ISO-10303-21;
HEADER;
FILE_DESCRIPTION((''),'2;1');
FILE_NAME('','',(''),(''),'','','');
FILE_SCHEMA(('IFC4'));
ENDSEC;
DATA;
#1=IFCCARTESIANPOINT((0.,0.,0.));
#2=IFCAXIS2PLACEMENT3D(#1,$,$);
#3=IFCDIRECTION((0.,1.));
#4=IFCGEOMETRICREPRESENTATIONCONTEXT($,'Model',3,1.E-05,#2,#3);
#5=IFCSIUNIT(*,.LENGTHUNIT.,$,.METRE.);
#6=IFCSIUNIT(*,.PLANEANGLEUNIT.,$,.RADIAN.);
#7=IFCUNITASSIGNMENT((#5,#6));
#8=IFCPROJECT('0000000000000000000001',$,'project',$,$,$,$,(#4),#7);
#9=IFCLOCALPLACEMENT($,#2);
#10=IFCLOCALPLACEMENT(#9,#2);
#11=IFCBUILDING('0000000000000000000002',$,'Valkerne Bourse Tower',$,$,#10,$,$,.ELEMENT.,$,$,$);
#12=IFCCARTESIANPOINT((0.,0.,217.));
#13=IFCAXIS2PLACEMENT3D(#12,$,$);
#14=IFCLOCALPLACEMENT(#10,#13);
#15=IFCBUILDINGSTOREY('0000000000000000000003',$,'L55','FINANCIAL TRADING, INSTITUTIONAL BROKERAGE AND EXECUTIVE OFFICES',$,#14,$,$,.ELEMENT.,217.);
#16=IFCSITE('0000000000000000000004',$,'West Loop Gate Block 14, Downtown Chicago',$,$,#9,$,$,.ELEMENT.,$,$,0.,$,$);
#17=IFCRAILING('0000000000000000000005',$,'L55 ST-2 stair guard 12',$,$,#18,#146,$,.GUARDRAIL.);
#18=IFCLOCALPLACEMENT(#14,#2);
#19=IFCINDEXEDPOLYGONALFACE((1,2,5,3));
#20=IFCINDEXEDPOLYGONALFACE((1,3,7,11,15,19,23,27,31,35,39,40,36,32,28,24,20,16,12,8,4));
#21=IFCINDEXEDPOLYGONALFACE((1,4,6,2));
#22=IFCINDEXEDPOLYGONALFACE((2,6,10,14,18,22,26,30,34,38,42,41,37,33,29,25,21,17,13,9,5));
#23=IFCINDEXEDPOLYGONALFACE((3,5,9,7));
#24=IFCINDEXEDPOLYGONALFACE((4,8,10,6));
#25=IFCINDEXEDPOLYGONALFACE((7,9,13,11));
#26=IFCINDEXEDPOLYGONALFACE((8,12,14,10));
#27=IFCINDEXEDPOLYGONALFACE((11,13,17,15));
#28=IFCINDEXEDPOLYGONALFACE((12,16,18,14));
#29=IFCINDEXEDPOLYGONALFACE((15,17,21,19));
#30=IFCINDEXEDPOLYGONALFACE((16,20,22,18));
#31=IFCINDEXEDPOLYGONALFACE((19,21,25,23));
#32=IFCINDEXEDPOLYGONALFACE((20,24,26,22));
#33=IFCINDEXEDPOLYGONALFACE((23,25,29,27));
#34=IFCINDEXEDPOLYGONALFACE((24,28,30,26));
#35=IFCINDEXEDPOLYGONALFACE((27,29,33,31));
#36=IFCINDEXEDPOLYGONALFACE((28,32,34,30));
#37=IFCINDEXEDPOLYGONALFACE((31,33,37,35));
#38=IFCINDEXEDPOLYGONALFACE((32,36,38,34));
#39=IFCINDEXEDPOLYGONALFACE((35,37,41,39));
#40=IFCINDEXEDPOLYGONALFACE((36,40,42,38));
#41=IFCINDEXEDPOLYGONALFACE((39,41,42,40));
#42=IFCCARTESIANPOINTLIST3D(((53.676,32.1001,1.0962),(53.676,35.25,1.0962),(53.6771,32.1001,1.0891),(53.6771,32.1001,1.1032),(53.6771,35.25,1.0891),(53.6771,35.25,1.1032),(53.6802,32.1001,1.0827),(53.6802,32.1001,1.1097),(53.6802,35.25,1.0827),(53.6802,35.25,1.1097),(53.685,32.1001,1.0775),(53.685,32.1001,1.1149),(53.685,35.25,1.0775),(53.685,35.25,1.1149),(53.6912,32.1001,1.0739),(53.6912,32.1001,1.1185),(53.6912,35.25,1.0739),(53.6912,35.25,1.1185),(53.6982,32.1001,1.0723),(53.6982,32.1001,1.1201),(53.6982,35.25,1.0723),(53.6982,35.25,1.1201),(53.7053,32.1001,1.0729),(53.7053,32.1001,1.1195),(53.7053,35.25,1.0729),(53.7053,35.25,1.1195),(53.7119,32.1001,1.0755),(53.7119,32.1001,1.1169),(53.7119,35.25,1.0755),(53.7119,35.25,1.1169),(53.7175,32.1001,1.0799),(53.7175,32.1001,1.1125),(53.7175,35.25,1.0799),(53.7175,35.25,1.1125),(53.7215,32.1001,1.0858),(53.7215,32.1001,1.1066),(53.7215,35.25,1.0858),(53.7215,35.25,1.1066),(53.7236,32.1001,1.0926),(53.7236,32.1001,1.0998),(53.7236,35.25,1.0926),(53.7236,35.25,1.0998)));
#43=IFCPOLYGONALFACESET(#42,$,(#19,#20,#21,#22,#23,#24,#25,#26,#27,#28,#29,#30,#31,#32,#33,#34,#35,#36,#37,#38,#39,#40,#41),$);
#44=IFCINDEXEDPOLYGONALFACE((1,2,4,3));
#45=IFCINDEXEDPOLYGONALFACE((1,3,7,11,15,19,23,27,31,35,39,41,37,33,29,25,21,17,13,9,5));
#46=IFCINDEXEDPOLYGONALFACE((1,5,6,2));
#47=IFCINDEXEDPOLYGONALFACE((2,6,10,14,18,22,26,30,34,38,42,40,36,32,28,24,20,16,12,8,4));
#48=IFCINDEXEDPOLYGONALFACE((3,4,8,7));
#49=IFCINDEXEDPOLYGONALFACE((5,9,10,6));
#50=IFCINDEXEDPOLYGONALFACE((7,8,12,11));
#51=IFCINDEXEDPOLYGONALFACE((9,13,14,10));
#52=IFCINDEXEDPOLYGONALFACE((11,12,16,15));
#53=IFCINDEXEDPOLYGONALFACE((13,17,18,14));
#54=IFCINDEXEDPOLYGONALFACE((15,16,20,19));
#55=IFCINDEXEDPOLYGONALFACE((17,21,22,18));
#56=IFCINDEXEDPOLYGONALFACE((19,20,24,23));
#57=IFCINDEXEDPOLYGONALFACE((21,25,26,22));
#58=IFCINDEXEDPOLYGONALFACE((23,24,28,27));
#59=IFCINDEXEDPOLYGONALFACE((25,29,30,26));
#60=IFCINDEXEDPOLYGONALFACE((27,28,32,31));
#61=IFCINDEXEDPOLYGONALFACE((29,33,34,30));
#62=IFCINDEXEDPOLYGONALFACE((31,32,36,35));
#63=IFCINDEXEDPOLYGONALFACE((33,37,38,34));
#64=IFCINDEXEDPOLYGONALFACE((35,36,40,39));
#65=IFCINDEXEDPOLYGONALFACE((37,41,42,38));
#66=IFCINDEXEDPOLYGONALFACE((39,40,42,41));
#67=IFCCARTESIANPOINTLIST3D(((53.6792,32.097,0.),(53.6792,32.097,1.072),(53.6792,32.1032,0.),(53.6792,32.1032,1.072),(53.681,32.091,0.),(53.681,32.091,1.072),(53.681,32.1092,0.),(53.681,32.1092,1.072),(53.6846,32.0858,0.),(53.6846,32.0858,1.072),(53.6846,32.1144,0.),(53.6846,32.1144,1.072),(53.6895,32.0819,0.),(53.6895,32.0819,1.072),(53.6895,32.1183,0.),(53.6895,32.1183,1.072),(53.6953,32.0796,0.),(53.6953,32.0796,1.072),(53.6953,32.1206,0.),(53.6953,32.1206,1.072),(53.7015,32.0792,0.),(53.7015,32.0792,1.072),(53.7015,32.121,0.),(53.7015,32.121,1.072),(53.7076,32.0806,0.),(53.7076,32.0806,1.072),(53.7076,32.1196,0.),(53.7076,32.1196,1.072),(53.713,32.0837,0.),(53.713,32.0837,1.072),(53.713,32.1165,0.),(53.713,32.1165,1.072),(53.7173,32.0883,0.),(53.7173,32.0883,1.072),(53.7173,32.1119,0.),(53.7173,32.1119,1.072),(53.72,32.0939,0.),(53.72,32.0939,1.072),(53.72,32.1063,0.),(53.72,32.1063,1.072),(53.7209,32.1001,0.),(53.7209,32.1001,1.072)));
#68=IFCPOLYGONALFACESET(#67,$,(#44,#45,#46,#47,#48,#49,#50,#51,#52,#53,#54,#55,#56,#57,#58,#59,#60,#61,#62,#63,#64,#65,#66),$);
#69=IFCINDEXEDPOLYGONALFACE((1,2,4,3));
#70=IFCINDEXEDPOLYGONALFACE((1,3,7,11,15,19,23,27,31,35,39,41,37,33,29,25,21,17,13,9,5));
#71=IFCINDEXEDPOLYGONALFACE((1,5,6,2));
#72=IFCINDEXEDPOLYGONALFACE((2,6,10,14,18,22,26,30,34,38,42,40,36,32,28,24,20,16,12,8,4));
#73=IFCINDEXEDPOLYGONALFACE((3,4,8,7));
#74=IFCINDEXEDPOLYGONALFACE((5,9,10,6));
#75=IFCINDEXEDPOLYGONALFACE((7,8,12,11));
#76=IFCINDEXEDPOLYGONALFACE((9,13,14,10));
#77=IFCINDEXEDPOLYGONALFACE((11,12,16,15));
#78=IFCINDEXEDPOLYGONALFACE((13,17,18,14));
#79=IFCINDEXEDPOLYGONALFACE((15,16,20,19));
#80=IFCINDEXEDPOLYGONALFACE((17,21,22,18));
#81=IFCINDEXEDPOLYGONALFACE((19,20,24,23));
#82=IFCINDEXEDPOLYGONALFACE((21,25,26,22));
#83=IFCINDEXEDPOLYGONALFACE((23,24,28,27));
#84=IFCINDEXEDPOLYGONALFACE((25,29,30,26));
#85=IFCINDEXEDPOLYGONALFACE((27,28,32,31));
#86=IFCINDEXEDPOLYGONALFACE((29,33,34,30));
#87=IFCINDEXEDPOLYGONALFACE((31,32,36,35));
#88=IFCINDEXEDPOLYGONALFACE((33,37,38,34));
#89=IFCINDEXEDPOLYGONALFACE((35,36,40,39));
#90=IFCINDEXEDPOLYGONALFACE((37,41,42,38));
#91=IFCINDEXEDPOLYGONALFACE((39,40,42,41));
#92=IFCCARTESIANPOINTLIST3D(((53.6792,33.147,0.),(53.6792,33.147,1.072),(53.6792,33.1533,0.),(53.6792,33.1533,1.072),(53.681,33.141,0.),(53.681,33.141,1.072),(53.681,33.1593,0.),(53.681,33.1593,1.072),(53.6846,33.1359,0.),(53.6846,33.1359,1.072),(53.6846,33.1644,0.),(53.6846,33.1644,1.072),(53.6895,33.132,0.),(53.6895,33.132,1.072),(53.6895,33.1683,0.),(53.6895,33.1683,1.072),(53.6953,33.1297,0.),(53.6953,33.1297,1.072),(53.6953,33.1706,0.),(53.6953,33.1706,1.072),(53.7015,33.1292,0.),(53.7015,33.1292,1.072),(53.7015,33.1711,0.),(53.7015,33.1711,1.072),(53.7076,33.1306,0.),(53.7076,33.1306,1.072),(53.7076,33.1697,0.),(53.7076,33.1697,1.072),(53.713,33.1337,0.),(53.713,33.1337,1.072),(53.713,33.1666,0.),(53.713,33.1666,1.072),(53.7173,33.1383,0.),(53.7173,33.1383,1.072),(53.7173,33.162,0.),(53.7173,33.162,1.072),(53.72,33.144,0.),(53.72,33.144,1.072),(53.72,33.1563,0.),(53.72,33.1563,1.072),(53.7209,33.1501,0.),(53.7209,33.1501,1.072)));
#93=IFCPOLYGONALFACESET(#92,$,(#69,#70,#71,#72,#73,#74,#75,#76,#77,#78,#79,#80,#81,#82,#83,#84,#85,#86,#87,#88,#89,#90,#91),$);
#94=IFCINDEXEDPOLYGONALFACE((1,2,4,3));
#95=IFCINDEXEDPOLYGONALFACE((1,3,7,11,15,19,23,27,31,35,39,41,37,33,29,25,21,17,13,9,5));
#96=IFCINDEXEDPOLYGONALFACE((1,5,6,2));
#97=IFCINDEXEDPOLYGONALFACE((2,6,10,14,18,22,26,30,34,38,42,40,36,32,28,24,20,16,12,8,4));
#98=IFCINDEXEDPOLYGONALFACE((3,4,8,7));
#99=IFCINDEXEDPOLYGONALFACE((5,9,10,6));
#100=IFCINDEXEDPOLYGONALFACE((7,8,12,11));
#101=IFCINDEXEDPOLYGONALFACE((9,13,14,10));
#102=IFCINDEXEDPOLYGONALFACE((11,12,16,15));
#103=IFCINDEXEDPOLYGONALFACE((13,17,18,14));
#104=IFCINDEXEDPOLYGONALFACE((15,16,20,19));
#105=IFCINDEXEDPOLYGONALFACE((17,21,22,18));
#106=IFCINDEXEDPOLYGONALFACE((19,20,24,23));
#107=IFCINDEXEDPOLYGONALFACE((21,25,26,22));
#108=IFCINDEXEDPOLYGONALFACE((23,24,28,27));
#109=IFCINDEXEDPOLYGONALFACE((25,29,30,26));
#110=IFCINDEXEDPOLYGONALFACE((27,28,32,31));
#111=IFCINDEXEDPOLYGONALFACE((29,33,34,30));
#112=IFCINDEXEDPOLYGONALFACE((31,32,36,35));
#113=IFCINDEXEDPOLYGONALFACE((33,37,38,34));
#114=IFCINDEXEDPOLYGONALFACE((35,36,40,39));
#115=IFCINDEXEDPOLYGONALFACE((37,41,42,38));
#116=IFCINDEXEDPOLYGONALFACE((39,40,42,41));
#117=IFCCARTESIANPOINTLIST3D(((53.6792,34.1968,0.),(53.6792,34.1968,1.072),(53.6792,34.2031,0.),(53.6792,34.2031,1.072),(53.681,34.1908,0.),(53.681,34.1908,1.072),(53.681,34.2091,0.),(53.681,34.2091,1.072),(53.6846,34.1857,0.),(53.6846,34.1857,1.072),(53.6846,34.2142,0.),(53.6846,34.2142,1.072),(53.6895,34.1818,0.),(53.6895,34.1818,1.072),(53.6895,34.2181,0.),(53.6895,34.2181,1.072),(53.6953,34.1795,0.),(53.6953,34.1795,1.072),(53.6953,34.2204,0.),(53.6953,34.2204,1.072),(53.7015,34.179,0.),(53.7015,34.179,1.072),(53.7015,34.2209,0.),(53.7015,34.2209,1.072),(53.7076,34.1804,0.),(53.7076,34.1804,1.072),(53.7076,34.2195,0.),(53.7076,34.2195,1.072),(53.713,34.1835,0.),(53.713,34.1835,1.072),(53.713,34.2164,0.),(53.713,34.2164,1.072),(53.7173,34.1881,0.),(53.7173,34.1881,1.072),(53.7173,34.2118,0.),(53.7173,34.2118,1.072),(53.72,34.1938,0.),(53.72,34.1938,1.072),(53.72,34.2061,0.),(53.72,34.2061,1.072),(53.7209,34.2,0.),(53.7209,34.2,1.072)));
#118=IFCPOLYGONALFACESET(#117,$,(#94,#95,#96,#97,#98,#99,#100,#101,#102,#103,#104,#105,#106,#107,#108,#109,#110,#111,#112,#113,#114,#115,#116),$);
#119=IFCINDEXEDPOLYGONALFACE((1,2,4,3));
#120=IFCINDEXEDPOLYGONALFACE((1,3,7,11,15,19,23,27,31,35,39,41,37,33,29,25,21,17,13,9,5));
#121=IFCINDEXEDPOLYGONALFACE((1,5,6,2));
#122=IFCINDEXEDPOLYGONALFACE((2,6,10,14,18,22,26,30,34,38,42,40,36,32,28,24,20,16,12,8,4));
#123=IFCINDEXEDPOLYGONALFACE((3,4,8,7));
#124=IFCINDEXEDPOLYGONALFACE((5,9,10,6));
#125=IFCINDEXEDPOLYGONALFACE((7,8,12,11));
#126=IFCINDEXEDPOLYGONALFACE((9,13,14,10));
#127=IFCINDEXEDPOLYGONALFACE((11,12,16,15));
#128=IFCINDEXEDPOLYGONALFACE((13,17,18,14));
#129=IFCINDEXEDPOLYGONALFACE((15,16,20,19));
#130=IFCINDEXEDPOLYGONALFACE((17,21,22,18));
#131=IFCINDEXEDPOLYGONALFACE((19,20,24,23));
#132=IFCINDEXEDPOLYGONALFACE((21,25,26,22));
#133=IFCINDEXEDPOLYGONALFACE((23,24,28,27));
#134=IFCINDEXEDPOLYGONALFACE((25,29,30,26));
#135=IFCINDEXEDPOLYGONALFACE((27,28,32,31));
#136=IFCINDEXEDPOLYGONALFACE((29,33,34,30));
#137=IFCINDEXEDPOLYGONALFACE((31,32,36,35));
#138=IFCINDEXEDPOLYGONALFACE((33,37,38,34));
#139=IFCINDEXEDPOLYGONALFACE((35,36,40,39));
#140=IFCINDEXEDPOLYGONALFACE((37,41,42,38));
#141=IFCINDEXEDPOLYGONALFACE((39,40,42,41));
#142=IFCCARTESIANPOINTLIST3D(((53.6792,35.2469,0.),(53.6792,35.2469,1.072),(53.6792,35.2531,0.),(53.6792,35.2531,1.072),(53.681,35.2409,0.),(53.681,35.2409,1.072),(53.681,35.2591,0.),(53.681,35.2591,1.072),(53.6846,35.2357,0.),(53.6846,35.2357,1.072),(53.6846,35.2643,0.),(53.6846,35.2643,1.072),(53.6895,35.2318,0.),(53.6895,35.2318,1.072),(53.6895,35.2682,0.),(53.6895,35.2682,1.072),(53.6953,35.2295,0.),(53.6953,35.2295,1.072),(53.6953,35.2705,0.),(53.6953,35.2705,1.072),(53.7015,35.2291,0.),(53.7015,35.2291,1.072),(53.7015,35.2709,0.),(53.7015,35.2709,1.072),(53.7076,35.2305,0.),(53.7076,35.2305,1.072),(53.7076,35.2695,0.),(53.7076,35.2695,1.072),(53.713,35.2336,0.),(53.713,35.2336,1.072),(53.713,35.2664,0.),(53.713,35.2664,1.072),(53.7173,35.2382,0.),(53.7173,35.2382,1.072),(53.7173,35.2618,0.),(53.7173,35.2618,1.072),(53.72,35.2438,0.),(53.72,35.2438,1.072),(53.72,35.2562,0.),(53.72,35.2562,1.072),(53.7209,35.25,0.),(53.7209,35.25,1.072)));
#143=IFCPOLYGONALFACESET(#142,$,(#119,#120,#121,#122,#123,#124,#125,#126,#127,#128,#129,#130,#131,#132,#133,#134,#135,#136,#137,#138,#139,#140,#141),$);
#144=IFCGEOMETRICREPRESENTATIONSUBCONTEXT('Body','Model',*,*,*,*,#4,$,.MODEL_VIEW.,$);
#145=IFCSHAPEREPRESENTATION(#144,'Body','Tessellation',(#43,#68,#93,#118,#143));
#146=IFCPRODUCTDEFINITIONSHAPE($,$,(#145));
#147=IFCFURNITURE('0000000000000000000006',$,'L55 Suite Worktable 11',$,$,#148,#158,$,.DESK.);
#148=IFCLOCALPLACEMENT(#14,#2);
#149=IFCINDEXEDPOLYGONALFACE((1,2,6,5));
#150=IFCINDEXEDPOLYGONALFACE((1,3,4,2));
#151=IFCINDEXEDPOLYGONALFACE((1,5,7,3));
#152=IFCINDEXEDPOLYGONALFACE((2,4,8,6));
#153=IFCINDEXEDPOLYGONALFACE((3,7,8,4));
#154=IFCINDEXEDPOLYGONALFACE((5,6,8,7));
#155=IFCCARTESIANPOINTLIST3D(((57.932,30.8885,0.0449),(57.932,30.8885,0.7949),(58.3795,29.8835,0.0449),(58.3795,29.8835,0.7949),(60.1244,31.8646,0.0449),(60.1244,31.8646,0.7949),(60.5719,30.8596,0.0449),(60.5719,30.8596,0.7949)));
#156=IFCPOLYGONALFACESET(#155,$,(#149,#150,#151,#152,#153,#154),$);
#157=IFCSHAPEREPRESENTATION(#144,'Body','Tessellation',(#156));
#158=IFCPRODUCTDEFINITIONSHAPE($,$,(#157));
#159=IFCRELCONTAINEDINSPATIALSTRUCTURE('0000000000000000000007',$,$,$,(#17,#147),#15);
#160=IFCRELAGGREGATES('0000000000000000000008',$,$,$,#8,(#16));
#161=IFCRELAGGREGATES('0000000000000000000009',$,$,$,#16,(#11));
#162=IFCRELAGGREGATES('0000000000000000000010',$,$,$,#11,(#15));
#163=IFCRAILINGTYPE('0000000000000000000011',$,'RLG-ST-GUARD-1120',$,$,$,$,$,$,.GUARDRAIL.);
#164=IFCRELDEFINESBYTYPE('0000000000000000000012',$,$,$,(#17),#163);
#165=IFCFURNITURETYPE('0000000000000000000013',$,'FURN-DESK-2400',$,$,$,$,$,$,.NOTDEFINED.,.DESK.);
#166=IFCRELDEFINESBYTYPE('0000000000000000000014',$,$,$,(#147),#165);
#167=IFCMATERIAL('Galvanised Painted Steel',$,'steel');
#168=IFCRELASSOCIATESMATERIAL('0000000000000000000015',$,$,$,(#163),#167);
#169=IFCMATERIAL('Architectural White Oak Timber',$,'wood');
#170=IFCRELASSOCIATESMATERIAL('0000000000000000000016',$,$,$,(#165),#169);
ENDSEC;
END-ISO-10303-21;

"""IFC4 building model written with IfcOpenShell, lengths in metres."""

from ifc_helpers import new_model, si_unit, direction, frame, origin, origin_2d, place, context, subcontext, project, spatial, rectangle, circle, extrude, material, type_object, element, save


model = new_model("IFC4")

# Units and contexts
model_context = context("Model", 3, precision=1e-05, world=origin(), true_north=direction((0.0, 1.0)))
body_context = subcontext(model_context, "Body", "Model", "MODEL_VIEW")
ifc_project = project(units=[si_unit("LENGTHUNIT", "METRE"), si_unit("PLANEANGLEUNIT", "RADIAN")], contexts=[model_context])

# Site, building, storey
site_placement = place(None, origin())
site = spatial("IfcSite", under=ifc_project, at=site_placement, Name="West Loop Gate Block 14, Downtown Chicago", CompositionType="ELEMENT", RefElevation=0.0)
building_placement = place(site_placement, origin())
building = spatial("IfcBuilding", under=site, at=building_placement, Name="Valkerne Bourse Tower", CompositionType="ELEMENT")
storey_placement = place(building_placement, frame((0.0, 0.0, 217.0)))
storey = spatial("IfcBuildingStorey", under=building, at=storey_placement, Name="L55", Description="FINANCIAL TRADING, INSTITUTIONAL BROKERAGE AND EXECUTIVE OFFICES", CompositionType="ELEMENT", Elevation=217.0)

# Shared definitions
ifc_material_1 = material(Name="Architectural White Oak Timber", Category="wood")

# Railing
ifc_material_2 = material(Name="Galvanised Painted Steel", Category="steel")
railing_type = type_object("IfcRailingType", Name="RLG-ST-GUARD-1120", PredefinedType="GUARDRAIL", material=ifc_material_2)
railing_1_placement = place(storey_placement, frame((53.7, 32.1001, 0.0)))
element("IfcRailing", 1, at=railing_1_placement, inside=storey, type_object=railing_type, Name="L55 ST-2 stair guard 12", PredefinedType="GUARDRAIL", context=body_context, shape_type="SweptSolid", body=[
    extrude(circle(Radius=0.0239, at=origin_2d()), frame((0.0, 0.0, 1.0962), z_axis=(0.0, 1.0, 0.0), x_axis=(-1.0, 0.0, 0.0)), (0.0, 0.0, 1.0), 3.1499),
    extrude(circle(Radius=0.021, at=origin_2d()), origin(), (0.0, 0.0, 1.0), 1.072),
    extrude(circle(Radius=0.021, at=origin_2d()), frame((0.0, 1.05, 0.0)), (0.0, 0.0, 1.0), 1.072),
    extrude(circle(Radius=0.021, at=origin_2d()), frame((0.0, 2.0999, 0.0)), (0.0, 0.0, 1.0), 1.072),
    extrude(circle(Radius=0.021, at=origin_2d()), frame((0.0, 3.1499, 0.0)), (0.0, 0.0, 1.0), 1.072),
])

# Furniture
furniture_type = type_object("IfcFurnitureType", Name="FURN-DESK-2400", AssemblyPlace="NOTDEFINED", PredefinedType="DESK", material=ifc_material_1)
furniture_placement = place(storey_placement, frame((59.252, 30.874, 0.0449), z_axis=(0.0, 0.0, 1.0), x_axis=(0.913545, 0.406737, 0.0)))
element("IfcFurniture", 2, at=furniture_placement, inside=storey, type_object=furniture_type, Name="L55 Suite Worktable 11", PredefinedType="DESK", context=body_context, shape_type="SweptSolid", body=[
    extrude(rectangle(XDim=2.3999, YDim=1.1001, at=origin_2d()), origin(), (0.0, 0.0, 1.0), 0.75),
])

save(model, "model.ifc")
